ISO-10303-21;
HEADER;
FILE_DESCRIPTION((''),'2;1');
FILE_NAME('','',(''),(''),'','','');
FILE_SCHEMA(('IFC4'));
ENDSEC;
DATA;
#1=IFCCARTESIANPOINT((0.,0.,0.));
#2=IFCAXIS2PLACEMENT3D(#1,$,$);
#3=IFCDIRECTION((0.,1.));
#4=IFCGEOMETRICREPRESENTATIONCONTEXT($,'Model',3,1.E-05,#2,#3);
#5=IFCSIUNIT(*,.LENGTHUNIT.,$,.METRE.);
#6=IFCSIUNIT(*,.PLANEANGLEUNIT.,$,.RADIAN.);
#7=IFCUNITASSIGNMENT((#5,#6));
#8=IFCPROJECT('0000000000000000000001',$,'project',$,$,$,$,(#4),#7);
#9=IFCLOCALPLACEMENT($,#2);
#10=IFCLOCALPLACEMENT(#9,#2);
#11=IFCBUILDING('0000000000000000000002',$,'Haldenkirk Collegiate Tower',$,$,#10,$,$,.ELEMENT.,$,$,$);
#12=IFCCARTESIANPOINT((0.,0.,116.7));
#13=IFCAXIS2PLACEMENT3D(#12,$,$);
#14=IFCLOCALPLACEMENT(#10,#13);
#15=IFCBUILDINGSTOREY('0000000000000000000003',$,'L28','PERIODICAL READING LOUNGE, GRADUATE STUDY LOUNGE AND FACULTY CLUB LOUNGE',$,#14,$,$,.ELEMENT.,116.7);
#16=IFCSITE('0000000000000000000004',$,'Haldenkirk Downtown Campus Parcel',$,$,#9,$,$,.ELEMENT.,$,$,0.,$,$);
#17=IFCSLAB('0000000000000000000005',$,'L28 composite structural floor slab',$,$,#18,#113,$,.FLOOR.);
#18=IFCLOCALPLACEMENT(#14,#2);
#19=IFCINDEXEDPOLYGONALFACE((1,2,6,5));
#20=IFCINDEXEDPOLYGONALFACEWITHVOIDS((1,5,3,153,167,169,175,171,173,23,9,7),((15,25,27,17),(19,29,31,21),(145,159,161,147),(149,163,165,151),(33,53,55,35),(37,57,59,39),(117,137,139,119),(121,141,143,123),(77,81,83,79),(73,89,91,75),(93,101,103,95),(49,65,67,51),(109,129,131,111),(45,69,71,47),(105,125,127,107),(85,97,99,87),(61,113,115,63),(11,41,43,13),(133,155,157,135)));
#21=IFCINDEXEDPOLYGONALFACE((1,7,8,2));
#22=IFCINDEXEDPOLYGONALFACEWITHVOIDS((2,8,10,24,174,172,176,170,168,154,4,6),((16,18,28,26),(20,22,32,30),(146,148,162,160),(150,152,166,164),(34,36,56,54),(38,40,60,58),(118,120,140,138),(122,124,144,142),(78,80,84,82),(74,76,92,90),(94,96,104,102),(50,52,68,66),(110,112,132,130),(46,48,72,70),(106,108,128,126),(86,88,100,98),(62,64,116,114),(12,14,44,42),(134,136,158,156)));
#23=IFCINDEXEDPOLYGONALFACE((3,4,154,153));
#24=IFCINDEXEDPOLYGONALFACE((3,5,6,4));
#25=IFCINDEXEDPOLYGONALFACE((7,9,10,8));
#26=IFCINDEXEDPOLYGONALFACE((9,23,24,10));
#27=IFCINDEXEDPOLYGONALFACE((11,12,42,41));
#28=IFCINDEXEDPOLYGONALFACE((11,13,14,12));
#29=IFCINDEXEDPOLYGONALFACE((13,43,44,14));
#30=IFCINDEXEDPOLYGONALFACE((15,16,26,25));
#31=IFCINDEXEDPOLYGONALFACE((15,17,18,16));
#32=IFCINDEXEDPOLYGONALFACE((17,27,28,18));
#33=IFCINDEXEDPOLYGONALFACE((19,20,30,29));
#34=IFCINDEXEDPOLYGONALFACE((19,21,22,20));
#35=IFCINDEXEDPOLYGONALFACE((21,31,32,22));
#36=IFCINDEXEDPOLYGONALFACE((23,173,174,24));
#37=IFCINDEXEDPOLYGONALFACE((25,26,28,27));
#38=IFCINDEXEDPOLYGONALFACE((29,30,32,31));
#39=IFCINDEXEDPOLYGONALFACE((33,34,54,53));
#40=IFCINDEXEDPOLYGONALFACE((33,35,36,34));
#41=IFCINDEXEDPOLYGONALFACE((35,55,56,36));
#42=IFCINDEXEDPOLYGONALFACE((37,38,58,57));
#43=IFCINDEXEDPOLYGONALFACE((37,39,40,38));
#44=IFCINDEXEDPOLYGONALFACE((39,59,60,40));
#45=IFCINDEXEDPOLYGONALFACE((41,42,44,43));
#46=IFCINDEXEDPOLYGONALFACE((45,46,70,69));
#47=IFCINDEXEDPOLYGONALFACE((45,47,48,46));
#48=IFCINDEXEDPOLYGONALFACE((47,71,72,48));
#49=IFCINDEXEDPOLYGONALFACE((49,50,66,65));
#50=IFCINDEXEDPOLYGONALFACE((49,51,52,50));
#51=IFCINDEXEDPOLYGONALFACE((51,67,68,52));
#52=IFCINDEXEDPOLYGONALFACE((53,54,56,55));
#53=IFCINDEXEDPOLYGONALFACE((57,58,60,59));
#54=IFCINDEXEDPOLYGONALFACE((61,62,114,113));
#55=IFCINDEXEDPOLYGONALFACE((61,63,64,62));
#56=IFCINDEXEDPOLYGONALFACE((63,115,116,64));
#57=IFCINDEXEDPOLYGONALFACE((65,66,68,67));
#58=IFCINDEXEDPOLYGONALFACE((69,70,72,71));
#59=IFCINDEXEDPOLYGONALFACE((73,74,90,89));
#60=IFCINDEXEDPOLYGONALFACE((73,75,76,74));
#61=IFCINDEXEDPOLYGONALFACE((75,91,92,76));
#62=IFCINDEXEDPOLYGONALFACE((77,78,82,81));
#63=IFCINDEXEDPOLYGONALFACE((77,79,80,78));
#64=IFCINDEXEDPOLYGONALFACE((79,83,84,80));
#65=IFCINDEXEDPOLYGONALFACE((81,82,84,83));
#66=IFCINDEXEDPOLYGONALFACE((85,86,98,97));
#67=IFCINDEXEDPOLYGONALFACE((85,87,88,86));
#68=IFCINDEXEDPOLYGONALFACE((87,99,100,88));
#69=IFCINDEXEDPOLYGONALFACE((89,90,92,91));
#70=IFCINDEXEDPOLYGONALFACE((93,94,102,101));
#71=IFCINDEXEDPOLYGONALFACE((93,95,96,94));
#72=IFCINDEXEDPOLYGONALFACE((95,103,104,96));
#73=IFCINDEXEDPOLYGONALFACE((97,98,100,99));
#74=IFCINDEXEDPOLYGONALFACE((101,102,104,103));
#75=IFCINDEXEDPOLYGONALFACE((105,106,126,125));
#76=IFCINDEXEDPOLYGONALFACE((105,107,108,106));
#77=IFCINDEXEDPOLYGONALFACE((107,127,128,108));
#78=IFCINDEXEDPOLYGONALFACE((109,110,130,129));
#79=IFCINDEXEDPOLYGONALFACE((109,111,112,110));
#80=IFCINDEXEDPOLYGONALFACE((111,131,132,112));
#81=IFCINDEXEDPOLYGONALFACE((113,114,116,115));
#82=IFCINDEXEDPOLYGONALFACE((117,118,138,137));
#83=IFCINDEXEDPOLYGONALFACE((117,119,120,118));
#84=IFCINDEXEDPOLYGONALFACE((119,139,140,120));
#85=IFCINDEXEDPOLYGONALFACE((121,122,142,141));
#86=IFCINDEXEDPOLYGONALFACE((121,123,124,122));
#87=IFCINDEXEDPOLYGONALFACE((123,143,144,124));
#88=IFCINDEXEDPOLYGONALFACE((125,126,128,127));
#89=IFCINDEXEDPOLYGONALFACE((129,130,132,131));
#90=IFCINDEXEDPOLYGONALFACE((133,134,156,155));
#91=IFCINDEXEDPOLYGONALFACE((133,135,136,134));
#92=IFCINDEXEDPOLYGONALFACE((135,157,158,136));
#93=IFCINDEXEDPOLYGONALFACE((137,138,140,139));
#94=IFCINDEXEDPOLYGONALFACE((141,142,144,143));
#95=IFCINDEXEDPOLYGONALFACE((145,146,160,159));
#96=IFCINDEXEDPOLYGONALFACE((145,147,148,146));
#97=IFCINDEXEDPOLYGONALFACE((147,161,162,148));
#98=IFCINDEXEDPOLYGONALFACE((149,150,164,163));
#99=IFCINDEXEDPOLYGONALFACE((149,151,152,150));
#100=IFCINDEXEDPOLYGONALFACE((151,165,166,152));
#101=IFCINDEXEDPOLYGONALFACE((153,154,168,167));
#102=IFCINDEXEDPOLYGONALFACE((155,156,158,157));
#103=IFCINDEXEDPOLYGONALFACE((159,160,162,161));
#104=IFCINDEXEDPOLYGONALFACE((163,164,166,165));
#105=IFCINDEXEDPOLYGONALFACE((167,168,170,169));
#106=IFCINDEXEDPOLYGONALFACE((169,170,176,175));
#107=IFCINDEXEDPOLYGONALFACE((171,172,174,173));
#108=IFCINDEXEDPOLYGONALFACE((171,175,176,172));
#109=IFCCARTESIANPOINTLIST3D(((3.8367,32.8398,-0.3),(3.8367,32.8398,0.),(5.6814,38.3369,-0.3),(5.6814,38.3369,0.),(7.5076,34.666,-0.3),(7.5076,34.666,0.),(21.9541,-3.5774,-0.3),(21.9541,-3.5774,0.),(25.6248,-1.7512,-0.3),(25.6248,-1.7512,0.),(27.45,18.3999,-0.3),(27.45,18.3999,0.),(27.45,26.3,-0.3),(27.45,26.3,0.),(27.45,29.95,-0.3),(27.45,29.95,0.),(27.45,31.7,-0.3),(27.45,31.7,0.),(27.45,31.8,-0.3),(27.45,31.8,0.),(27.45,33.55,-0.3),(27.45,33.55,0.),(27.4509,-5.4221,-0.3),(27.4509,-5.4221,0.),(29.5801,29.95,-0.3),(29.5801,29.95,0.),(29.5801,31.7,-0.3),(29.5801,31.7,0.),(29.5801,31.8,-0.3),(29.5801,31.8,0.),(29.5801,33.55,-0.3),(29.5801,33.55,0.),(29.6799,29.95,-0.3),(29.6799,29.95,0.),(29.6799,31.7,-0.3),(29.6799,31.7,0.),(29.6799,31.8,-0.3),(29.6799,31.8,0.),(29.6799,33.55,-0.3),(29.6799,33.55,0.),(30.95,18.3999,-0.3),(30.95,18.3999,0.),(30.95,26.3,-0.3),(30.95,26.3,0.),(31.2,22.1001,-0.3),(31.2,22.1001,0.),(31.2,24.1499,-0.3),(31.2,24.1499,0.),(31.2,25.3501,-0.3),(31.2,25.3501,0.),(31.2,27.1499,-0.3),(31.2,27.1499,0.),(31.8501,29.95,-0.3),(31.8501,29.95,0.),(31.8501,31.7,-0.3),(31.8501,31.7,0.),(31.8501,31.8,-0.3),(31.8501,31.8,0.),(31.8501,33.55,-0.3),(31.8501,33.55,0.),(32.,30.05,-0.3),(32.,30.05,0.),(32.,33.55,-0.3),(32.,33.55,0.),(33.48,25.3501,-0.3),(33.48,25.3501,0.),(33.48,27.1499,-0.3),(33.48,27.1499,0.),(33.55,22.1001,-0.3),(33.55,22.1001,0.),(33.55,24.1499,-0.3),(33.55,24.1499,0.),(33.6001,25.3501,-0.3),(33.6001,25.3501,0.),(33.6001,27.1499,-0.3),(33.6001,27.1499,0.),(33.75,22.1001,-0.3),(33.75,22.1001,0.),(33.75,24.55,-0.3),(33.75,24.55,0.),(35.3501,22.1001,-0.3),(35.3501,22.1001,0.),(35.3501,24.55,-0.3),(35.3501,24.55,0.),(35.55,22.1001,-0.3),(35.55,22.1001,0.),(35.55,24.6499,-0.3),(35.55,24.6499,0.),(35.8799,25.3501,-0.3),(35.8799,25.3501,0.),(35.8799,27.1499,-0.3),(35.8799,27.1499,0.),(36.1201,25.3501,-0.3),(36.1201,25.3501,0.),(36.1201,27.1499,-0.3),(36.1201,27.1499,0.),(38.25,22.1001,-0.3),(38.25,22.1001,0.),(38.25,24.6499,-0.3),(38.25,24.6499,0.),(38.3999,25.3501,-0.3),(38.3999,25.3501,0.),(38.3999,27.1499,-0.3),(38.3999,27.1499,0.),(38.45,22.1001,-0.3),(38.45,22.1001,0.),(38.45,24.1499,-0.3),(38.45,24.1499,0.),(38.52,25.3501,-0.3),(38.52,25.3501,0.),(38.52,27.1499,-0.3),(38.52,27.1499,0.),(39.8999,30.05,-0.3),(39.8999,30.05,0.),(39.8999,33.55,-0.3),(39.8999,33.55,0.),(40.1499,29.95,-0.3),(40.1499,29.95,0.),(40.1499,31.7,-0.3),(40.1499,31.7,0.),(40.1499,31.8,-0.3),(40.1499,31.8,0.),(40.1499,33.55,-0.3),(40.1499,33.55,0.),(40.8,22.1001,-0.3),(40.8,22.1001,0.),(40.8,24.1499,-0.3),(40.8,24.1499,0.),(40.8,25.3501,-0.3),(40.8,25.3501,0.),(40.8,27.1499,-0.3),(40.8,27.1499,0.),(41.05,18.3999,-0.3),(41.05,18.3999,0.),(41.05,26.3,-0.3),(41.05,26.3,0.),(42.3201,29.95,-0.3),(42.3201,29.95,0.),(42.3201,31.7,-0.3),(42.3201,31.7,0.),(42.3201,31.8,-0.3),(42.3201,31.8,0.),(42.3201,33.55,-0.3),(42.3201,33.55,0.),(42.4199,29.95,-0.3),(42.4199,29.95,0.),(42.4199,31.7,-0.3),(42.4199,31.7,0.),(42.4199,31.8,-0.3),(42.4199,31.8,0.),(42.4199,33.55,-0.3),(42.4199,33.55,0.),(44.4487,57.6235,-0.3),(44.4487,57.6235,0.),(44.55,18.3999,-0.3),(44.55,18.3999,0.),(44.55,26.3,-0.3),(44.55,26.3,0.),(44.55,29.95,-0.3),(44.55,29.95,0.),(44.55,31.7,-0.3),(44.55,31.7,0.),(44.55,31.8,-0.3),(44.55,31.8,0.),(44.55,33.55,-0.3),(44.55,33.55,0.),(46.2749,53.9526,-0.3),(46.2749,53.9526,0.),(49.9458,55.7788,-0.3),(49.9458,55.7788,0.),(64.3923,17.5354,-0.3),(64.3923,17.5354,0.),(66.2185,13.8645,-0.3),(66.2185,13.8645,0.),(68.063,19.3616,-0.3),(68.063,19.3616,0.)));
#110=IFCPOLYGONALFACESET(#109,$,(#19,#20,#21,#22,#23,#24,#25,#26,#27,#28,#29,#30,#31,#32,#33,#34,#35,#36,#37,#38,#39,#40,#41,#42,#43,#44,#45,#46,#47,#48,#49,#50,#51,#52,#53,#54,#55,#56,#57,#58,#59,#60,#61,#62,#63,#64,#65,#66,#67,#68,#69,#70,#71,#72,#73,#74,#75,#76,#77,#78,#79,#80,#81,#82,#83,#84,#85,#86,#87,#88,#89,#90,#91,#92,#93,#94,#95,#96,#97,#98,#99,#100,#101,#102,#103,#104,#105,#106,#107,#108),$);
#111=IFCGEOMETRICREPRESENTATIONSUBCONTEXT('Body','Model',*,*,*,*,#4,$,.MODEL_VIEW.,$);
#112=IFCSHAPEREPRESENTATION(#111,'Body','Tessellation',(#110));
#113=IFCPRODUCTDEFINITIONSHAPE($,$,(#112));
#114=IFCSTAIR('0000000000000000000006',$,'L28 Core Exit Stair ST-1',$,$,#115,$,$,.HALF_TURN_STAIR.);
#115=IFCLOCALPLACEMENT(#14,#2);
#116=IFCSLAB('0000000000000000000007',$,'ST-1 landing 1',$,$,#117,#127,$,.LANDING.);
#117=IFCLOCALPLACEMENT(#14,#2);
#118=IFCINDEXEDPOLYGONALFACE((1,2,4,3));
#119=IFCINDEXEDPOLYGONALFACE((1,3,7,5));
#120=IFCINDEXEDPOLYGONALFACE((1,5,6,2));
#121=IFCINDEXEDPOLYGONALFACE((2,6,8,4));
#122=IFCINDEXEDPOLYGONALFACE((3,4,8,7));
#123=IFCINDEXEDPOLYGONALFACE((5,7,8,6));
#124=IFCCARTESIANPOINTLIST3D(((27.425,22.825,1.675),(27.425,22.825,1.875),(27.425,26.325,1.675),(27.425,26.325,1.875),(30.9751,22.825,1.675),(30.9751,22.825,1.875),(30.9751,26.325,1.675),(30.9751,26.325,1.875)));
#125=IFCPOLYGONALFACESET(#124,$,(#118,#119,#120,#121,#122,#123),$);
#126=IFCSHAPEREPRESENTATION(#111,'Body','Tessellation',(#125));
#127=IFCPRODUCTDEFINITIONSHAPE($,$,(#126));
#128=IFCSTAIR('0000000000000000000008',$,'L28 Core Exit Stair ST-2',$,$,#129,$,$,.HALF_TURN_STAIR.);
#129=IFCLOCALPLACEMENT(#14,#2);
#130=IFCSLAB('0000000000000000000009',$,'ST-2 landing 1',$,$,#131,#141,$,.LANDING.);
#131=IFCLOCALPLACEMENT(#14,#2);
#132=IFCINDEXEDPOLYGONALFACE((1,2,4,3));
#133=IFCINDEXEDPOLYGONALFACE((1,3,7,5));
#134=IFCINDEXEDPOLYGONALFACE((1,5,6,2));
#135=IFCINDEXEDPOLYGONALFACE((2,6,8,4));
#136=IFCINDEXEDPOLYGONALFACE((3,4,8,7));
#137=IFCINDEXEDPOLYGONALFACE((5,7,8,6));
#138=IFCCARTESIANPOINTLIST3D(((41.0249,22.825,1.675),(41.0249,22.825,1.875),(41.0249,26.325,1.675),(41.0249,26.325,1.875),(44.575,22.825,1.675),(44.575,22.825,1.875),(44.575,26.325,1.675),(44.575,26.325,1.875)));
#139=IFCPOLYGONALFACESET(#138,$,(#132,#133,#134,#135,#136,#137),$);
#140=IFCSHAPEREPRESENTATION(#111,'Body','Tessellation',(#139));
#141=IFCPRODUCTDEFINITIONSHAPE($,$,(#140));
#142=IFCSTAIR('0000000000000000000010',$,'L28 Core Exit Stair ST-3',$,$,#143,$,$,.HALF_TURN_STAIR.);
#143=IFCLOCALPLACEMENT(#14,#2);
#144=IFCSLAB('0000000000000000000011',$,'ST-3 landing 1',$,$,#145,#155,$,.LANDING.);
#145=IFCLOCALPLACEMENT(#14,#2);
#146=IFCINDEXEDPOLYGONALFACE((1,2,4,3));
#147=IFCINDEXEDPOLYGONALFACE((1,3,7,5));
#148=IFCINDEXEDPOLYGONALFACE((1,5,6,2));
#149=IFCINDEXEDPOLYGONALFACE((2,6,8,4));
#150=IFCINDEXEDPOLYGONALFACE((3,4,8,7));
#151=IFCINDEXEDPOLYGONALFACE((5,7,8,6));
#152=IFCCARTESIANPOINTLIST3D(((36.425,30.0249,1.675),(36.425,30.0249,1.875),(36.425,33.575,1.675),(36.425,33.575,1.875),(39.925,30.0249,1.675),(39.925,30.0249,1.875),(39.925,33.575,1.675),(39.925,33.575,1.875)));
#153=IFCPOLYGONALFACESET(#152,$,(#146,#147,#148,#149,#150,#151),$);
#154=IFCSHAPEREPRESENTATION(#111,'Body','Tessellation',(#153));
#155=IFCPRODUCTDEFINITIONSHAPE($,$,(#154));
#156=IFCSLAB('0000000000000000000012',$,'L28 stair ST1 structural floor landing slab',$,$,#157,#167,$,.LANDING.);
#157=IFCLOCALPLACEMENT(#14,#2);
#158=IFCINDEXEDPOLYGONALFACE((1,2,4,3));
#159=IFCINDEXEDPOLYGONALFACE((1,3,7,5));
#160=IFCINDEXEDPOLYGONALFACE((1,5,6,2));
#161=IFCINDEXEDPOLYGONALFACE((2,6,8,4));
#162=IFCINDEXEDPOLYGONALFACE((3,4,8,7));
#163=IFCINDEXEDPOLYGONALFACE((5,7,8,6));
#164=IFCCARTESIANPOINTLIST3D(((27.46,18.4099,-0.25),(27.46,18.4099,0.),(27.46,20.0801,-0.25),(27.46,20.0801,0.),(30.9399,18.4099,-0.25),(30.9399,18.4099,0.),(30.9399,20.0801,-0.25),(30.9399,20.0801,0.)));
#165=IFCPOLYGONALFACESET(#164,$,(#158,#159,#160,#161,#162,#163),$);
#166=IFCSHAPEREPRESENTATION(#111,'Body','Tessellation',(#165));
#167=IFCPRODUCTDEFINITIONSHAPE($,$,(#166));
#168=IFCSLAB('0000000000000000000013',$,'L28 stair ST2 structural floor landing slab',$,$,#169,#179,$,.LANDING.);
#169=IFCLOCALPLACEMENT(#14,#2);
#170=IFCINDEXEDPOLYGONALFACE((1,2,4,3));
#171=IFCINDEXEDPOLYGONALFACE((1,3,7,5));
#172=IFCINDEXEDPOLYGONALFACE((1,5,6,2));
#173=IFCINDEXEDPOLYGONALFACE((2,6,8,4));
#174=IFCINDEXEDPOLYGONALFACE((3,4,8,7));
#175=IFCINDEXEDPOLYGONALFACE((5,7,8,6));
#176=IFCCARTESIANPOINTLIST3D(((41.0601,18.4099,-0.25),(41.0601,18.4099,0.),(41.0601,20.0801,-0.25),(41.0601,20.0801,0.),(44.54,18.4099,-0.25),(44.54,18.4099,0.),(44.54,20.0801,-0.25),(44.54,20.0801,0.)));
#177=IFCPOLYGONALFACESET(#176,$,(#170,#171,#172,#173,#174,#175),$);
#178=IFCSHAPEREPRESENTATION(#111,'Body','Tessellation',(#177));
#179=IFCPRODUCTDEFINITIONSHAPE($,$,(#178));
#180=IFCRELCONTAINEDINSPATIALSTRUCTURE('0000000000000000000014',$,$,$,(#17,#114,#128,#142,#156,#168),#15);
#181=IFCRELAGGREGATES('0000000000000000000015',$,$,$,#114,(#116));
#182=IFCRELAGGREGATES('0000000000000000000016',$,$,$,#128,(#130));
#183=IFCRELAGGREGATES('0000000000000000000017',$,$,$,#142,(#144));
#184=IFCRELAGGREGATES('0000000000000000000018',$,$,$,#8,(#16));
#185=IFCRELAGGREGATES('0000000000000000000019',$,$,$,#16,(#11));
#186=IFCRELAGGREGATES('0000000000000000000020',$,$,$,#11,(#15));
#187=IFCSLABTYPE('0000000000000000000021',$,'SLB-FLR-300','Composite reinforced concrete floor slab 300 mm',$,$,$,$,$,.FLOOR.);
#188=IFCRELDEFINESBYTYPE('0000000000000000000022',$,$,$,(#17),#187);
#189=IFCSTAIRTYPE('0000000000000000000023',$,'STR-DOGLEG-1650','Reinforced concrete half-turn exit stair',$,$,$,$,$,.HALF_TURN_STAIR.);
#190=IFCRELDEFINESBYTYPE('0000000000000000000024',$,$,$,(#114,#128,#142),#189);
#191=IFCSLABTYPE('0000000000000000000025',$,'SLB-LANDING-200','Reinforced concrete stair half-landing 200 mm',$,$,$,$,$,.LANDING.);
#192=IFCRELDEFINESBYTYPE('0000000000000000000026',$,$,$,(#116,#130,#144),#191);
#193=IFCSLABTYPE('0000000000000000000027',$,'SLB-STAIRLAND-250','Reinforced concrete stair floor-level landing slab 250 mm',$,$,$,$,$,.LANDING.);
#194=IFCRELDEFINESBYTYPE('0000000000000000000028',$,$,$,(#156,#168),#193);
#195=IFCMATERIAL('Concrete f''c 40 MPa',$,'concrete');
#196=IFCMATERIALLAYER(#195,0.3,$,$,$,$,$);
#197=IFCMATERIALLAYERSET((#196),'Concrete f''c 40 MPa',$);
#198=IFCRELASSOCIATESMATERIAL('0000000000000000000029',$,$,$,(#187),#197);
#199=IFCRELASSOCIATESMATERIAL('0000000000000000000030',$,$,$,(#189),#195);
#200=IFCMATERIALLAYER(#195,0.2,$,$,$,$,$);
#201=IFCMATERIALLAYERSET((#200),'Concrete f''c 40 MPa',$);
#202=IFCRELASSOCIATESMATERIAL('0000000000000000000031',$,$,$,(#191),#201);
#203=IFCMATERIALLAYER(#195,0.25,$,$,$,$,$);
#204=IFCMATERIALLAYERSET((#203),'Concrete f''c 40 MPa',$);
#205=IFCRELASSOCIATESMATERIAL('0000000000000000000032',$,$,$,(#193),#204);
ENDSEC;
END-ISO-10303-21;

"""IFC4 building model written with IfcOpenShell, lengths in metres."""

from ifc_helpers import new_model, si_unit, direction, frame, origin, place, context, subcontext, project, spatial, polyline, outline, extrude, material, layer, layer_set, type_object, element, aggregate, save


model = new_model("IFC4")

# Units and contexts
model_context = context("Model", 3, precision=1e-05, world=origin(), true_north=direction((0.0, 1.0)))
body_context = subcontext(model_context, "Body", "Model", "MODEL_VIEW")
ifc_project = project(units=[si_unit("LENGTHUNIT", "METRE"), si_unit("PLANEANGLEUNIT", "RADIAN")], contexts=[model_context])

# Site, building, storey
site_placement = place(None, origin())
site = spatial("IfcSite", under=ifc_project, at=site_placement, Name="Haldenkirk Downtown Campus Parcel", CompositionType="ELEMENT", RefElevation=0.0)
building_placement = place(site_placement, origin())
building = spatial("IfcBuilding", under=site, at=building_placement, Name="Haldenkirk Collegiate Tower", CompositionType="ELEMENT")
storey_placement = place(building_placement, frame((0.0, 0.0, 116.7)))
storey = spatial("IfcBuildingStorey", under=building, at=storey_placement, Name="L28", Description="PERIODICAL READING LOUNGE, GRADUATE STUDY LOUNGE AND FACULTY CLUB LOUNGE", CompositionType="ELEMENT", Elevation=116.7)

# Slab
ifc_material_1 = material(Name="Concrete f'c 40 MPa", Category="concrete")
ifc_layer_1 = layer(ifc_material_1, 0.3)
ifc_layer_set_1 = layer_set([ifc_layer_1], Name="Concrete f'c 40 MPa")
slab_type_1 = type_object("IfcSlabType", Name="SLB-FLR-300", Description="Composite reinforced concrete floor slab 300 mm", PredefinedType="FLOOR", material=ifc_layer_set_1)
slab_1_placement = place(storey_placement, frame((0.0, 0.0, -0.3)))
element("IfcSlab", 1, at=slab_1_placement, inside=storey, type_object=slab_type_1, Name="L28 composite structural floor slab", PredefinedType="FLOOR", context=body_context, shape_type="SweptSolid", body=[
    extrude(outline(polyline([(27.4509, -5.4221), (66.2185, 13.8645), (64.3923, 17.5354), (68.063, 19.3616), (49.9458, 55.7788), (46.2749, 53.9526), (44.4487, 57.6235), (5.6814, 38.3369), (7.5076, 34.666), (3.8367, 32.8398), (21.9541, -3.5774), (25.6248, -1.7512), (27.4509, -5.4221)]), holes=[polyline([(27.45, 18.3999), (30.95, 18.3999), (30.95, 26.3), (27.45, 26.3), (27.45, 18.3999)]), polyline([(41.05, 18.3999), (44.55, 18.3999), (44.55, 26.3), (41.05, 26.3), (41.05, 18.3999)]), polyline([(32.0, 30.05), (39.8999, 30.05), (39.8999, 33.55), (32.0, 33.55), (32.0, 30.05)]), polyline([(33.75, 22.1001), (35.3501, 22.1001), (35.3501, 24.55), (33.75, 24.55), (33.75, 22.1001)]), polyline([(27.45, 29.95), (29.5801, 29.95), (29.5801, 31.7), (27.45, 31.7), (27.45, 29.95)]), polyline([(29.6799, 29.95), (31.8501, 29.95), (31.8501, 31.7), (29.6799, 31.7), (29.6799, 29.95)]), polyline([(27.45, 31.8), (29.5801, 31.8), (29.5801, 33.55), (27.45, 33.55), (27.45, 31.8)]), polyline([(29.6799, 31.8), (31.8501, 31.8), (31.8501, 33.55), (29.6799, 33.55), (29.6799, 31.8)]), polyline([(40.1499, 29.95), (42.3201, 29.95), (42.3201, 31.7), (40.1499, 31.7), (40.1499, 29.95)]), polyline([(42.4199, 29.95), (44.55, 29.95), (44.55, 31.7), (42.4199, 31.7), (42.4199, 29.95)]), polyline([(40.1499, 31.8), (42.3201, 31.8), (42.3201, 33.55), (40.1499, 33.55), (40.1499, 31.8)]), polyline([(42.4199, 31.8), (44.55, 31.8), (44.55, 33.55), (42.4199, 33.55), (42.4199, 31.8)]), polyline([(31.2, 25.3501), (33.48, 25.3501), (33.48, 27.1499), (31.2, 27.1499), (31.2, 25.3501)]), polyline([(33.6001, 25.3501), (35.8799, 25.3501), (35.8799, 27.1499), (33.6001, 27.1499), (33.6001, 25.3501)]), polyline([(36.1201, 25.3501), (38.3999, 25.3501), (38.3999, 27.1499), (36.1201, 27.1499), (36.1201, 25.3501)]), polyline([(38.52, 25.3501), (40.8, 25.3501), (40.8, 27.1499), (38.52, 27.1499), (38.52, 25.3501)]), polyline([(31.2, 22.1001), (33.55, 22.1001), (33.55, 24.1499), (31.2, 24.1499), (31.2, 22.1001)]), polyline([(38.45, 22.1001), (40.8, 22.1001), (40.8, 24.1499), (38.45, 24.1499), (38.45, 22.1001)]), polyline([(35.55, 22.1001), (38.25, 22.1001), (38.25, 24.6499), (35.55, 24.6499), (35.55, 22.1001)])]), origin(), (0.0, 0.0, 1.0), 0.3),
])

# Stairs, slabs
stair_type = type_object("IfcStairType", Name="STR-DOGLEG-1650", Description="Reinforced concrete half-turn exit stair", PredefinedType="HALF_TURN_STAIR", material=ifc_material_1)
stair_1_placement = place(storey_placement, origin())
stair_1 = element("IfcStair", 2, at=stair_1_placement, inside=storey, type_object=stair_type, Name="L28 Core Exit Stair ST-1", PredefinedType="HALF_TURN_STAIR")
ifc_layer_2 = layer(ifc_material_1, 0.2)
ifc_layer_set_2 = layer_set([ifc_layer_2], Name="Concrete f'c 40 MPa")
slab_type_2 = type_object("IfcSlabType", Name="SLB-LANDING-200", Description="Reinforced concrete stair half-landing 200 mm", PredefinedType="LANDING", material=ifc_layer_set_2)
slab_2_placement = place(storey_placement, frame((0.0, 0.0, 1.675)))
slab_2 = element("IfcSlab", 3, at=slab_2_placement, type_object=slab_type_2, Name="ST-1 landing 1", PredefinedType="LANDING", context=body_context, shape_type="SweptSolid", body=[
    extrude(outline(polyline([(30.9751, 22.825), (27.425, 22.825), (27.425, 26.325), (30.9751, 26.325), (30.9751, 22.825)])), origin(), (0.0, 0.0, 1.0), 0.2),
])
aggregate(stair_1, [slab_2])
stair_2_placement = place(storey_placement, origin())
stair_2 = element("IfcStair", 4, at=stair_2_placement, inside=storey, type_object=stair_type, Name="L28 Core Exit Stair ST-2", PredefinedType="HALF_TURN_STAIR")
slab_3_placement = place(storey_placement, frame((0.0, 0.0, 1.675)))
slab_3 = element("IfcSlab", 5, at=slab_3_placement, type_object=slab_type_2, Name="ST-2 landing 1", PredefinedType="LANDING", context=body_context, shape_type="SweptSolid", body=[
    extrude(outline(polyline([(44.575, 22.825), (41.0249, 22.825), (41.0249, 26.325), (44.575, 26.325), (44.575, 22.825)])), origin(), (0.0, 0.0, 1.0), 0.2),
])
aggregate(stair_2, [slab_3])
stair_3_placement = place(storey_placement, origin())
stair_3 = element("IfcStair", 6, at=stair_3_placement, inside=storey, type_object=stair_type, Name="L28 Core Exit Stair ST-3", PredefinedType="HALF_TURN_STAIR")
slab_4_placement = place(storey_placement, frame((0.0, 0.0, 1.675)))
slab_4 = element("IfcSlab", 7, at=slab_4_placement, type_object=slab_type_2, Name="ST-3 landing 1", PredefinedType="LANDING", context=body_context, shape_type="SweptSolid", body=[
    extrude(outline(polyline([(36.425, 30.0249), (36.425, 33.575), (39.925, 33.575), (39.925, 30.0249), (36.425, 30.0249)])), origin(), (0.0, 0.0, 1.0), 0.2),
])
aggregate(stair_3, [slab_4])

# Slabs
ifc_layer_3 = layer(ifc_material_1, 0.25)
ifc_layer_set_3 = layer_set([ifc_layer_3], Name="Concrete f'c 40 MPa")
slab_type_3 = type_object("IfcSlabType", Name="SLB-STAIRLAND-250", Description="Reinforced concrete stair floor-level landing slab 250 mm", PredefinedType="LANDING", material=ifc_layer_set_3)
slab_5_placement = place(storey_placement, frame((0.0, 0.0, -0.25)))
element("IfcSlab", 8, at=slab_5_placement, inside=storey, type_object=slab_type_3, Name="L28 stair ST1 structural floor landing slab", PredefinedType="LANDING", context=body_context, shape_type="SweptSolid", body=[
    extrude(outline(polyline([(27.46, 18.4099), (30.9399, 18.4099), (30.9399, 20.0801), (27.46, 20.0801), (27.46, 18.4099)])), origin(), (0.0, 0.0, 1.0), 0.25),
])
slab_6_placement = place(storey_placement, frame((0.0, 0.0, -0.25)))
element("IfcSlab", 9, at=slab_6_placement, inside=storey, type_object=slab_type_3, Name="L28 stair ST2 structural floor landing slab", PredefinedType="LANDING", context=body_context, shape_type="SweptSolid", body=[
    extrude(outline(polyline([(41.0601, 18.4099), (44.54, 18.4099), (44.54, 20.0801), (41.0601, 20.0801), (41.0601, 18.4099)])), origin(), (0.0, 0.0, 1.0), 0.25),
])

save(model, "model.ifc")
